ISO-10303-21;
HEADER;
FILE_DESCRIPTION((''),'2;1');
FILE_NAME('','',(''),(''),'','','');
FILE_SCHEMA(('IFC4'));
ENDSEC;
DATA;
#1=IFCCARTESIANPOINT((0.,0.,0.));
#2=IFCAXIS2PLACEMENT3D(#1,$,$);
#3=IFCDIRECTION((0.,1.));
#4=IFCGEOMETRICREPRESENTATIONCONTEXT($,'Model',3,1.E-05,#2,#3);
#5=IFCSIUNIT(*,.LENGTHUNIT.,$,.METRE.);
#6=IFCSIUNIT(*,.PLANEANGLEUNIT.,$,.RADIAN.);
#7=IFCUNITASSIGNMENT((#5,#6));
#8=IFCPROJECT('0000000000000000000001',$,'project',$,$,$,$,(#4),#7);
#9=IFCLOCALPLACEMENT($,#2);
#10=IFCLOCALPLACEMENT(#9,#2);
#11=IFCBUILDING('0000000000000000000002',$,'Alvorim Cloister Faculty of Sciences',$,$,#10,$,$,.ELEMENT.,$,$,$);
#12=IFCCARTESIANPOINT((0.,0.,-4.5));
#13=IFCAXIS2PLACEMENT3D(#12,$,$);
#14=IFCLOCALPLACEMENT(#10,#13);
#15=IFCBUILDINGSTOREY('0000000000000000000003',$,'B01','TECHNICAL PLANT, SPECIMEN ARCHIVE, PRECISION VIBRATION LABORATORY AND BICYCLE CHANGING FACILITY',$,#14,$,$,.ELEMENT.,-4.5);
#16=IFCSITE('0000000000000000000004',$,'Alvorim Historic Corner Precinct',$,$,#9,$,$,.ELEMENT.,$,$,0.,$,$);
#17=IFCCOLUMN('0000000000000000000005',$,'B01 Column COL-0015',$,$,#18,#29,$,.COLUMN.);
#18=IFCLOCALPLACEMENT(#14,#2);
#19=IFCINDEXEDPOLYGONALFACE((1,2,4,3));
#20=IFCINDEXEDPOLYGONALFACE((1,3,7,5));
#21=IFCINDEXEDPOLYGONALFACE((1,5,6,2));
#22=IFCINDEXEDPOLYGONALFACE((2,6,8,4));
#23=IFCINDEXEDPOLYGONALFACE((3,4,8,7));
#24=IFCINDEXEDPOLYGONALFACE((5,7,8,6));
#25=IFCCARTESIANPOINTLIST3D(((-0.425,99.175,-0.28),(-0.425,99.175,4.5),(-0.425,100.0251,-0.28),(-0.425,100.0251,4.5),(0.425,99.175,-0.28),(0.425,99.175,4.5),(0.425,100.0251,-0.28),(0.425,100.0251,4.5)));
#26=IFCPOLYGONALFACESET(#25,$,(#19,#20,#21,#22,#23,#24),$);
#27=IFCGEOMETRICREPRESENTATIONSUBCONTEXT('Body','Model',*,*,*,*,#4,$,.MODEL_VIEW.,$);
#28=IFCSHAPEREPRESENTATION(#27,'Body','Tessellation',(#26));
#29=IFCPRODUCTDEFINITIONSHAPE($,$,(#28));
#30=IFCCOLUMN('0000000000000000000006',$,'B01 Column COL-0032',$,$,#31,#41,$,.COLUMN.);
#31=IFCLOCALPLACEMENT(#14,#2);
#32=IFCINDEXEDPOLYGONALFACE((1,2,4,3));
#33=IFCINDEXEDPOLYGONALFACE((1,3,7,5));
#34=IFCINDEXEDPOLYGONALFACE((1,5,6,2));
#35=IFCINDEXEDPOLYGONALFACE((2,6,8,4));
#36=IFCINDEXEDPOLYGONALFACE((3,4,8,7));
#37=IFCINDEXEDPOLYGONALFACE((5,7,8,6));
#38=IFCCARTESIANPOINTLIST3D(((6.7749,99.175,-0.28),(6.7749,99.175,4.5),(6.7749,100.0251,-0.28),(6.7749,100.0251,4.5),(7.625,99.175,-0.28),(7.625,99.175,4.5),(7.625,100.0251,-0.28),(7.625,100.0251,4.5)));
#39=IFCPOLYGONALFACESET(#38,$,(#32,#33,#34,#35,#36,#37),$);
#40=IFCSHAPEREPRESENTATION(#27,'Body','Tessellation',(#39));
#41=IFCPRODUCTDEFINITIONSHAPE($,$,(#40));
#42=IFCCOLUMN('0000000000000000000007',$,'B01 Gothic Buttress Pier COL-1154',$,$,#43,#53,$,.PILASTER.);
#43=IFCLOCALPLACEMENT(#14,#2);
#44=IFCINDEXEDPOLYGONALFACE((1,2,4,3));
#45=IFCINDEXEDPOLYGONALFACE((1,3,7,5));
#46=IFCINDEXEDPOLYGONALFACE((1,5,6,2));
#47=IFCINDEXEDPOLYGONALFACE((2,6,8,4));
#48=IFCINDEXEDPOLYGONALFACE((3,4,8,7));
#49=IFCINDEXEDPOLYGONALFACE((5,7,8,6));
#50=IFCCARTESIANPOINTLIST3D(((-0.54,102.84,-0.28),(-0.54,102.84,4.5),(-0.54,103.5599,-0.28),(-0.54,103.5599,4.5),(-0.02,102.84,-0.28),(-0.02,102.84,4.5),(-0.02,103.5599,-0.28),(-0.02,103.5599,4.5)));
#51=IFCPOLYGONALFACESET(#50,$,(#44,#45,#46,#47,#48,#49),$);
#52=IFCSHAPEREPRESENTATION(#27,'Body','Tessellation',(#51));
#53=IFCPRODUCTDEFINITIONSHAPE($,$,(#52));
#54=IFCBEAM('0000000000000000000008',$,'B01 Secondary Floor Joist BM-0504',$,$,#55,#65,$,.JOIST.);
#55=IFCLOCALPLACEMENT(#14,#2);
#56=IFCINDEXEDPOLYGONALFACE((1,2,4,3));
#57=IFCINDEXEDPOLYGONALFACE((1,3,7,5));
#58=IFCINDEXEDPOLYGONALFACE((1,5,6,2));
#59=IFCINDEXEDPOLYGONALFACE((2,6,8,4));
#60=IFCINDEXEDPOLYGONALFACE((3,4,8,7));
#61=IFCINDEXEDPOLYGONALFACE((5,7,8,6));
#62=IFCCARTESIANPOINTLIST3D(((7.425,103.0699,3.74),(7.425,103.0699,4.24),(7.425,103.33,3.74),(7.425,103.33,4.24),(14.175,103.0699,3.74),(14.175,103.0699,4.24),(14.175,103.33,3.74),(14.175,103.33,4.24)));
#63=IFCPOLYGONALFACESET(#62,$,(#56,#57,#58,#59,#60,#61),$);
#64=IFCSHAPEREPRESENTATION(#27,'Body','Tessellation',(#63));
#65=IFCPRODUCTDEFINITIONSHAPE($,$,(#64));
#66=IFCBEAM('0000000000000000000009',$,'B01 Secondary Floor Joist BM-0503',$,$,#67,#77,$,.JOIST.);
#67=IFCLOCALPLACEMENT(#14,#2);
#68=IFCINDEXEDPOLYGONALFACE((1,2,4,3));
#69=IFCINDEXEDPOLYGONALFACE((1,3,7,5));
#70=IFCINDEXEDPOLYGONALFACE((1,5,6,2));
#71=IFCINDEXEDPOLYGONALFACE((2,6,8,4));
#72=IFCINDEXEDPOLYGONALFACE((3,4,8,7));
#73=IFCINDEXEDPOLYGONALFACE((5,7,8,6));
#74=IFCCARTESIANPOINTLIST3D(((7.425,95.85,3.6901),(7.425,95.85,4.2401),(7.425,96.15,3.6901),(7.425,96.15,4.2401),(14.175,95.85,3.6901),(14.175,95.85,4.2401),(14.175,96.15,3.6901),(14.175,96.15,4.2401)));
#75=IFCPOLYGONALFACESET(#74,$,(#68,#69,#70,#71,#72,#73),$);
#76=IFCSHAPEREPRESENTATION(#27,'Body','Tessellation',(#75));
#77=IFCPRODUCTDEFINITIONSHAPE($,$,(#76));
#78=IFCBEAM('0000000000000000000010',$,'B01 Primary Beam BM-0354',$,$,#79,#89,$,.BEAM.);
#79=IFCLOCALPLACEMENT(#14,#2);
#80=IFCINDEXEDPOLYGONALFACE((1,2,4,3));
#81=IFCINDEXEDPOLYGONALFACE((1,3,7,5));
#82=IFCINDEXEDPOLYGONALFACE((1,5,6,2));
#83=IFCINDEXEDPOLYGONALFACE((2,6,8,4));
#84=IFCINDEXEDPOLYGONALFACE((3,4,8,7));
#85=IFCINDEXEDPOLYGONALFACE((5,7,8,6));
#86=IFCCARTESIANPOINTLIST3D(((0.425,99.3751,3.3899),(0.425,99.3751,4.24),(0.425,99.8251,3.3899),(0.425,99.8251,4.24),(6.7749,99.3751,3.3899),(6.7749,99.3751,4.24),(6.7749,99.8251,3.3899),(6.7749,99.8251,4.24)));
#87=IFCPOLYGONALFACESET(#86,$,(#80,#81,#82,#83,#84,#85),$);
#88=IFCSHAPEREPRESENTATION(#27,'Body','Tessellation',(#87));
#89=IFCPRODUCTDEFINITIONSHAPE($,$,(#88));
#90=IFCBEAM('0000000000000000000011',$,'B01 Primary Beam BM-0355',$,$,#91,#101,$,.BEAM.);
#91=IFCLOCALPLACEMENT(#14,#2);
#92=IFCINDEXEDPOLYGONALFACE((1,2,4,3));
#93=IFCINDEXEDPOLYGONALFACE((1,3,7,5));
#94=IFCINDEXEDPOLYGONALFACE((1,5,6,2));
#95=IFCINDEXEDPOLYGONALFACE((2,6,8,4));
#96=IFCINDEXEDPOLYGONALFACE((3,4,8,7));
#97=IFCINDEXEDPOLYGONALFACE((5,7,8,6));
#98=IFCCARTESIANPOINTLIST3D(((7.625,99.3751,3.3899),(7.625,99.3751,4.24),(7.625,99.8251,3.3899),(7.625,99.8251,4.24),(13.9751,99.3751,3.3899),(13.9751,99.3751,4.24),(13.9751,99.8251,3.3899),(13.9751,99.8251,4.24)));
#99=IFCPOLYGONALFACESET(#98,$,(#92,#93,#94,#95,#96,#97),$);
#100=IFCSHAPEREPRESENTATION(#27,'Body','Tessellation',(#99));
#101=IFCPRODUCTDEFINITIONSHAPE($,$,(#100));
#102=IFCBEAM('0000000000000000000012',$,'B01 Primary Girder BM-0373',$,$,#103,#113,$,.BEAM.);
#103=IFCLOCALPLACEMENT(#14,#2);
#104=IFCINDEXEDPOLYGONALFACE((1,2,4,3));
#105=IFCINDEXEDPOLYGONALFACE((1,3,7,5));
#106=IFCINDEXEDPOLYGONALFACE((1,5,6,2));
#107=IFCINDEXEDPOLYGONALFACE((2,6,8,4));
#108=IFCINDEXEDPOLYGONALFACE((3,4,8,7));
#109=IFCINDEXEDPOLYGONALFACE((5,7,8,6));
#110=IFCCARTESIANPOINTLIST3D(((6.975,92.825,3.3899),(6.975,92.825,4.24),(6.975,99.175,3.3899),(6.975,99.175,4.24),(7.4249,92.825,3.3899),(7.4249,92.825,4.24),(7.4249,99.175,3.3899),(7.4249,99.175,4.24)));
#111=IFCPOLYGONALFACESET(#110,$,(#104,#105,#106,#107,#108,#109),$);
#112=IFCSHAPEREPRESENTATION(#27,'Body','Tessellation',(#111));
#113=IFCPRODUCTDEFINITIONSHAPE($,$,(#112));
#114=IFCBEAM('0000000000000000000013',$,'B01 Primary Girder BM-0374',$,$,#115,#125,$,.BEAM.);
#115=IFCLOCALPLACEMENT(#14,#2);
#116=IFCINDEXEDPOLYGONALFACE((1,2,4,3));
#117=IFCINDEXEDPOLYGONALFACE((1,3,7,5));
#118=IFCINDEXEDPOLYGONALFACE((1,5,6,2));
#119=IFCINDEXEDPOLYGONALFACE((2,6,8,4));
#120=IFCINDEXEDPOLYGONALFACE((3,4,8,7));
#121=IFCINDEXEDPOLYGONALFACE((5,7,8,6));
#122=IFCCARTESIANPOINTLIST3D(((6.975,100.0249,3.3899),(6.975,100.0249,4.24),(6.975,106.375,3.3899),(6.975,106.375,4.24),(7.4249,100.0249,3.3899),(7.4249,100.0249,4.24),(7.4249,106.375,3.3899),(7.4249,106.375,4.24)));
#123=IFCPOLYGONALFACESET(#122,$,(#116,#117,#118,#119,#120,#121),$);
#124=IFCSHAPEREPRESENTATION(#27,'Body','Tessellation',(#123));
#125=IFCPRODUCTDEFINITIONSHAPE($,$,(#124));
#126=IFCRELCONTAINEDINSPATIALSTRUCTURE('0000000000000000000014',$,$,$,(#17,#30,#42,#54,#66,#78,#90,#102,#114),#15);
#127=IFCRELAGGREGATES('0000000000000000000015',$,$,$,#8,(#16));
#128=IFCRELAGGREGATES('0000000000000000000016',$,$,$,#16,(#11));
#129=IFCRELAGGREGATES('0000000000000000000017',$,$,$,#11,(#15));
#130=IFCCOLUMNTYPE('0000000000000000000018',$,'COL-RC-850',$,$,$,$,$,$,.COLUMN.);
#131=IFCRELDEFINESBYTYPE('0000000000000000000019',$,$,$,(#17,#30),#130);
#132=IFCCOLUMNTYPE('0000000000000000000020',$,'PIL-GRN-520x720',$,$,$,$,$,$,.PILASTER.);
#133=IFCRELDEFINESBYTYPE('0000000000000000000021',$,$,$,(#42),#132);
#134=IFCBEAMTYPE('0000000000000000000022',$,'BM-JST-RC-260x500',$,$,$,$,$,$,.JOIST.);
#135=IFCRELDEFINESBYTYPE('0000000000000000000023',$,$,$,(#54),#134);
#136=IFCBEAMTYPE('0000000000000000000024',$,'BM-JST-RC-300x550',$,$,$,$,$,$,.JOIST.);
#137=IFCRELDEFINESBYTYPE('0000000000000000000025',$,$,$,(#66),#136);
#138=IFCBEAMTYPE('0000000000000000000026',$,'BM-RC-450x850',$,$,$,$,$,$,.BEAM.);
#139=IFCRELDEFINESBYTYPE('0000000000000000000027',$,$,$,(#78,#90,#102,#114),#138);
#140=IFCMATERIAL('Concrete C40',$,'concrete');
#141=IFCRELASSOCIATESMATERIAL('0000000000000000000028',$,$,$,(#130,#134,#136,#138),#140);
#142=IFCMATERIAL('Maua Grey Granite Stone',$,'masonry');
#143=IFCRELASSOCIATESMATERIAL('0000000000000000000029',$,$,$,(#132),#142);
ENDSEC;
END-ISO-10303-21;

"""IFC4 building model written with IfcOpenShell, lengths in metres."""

from ifc_helpers import new_model, si_unit, direction, frame, origin, origin_2d, place, context, subcontext, project, spatial, rectangle, extrude, material, material_profile, profile_set, type_object, element, save


model = new_model("IFC4")

# Units and contexts
model_context = context("Model", 3, precision=1e-05, world=origin(), true_north=direction((0.0, 1.0)))
body_context = subcontext(model_context, "Body", "Model", "MODEL_VIEW")
ifc_project = project(units=[si_unit("LENGTHUNIT", "METRE"), si_unit("PLANEANGLEUNIT", "RADIAN")], contexts=[model_context])

# Site, building, storey
site_placement = place(None, origin())
site = spatial("IfcSite", under=ifc_project, at=site_placement, Name="Alvorim Historic Corner Precinct", CompositionType="ELEMENT", RefElevation=0.0)
building_placement = place(site_placement, origin())
building = spatial("IfcBuilding", under=site, at=building_placement, Name="Alvorim Cloister Faculty of Sciences", CompositionType="ELEMENT")
storey_placement = place(building_placement, frame((0.0, 0.0, -4.5)))
storey = spatial("IfcBuildingStorey", under=building, at=storey_placement, Name="B01", Description="TECHNICAL PLANT, SPECIMEN ARCHIVE, PRECISION VIBRATION LABORATORY AND BICYCLE CHANGING FACILITY", CompositionType="ELEMENT", Elevation=-4.5)

# Shared definitions
ifc_material_1 = material(Name="Concrete C40", Category="concrete")

# Columns
ifc_material_profile_1 = material_profile(ifc_material_1, rectangle(XDim=0.8501, YDim=0.8501, at=origin_2d()), Name="RC40-COL-850x850")
ifc_profile_set_1 = profile_set([ifc_material_profile_1], Name="Concrete C40")
column_type_1 = type_object("IfcColumnType", Name="COL-RC-850", PredefinedType="COLUMN", material=ifc_profile_set_1)
for number, where, z_axis, x_axis, name in (
    (1, (0.0, 99.6001, -0.28), (0.0, 0.0, 1.0), (1.0, 0.0, 0.0), "B01 Column COL-0015"),
    (2, (7.2, 99.6001, -0.28), (0.0, 0.0, 1.0), (1.0, 0.0, 0.0), "B01 Column COL-0032"),
):
    element("IfcColumn", number, at=place(storey_placement, frame(where, z_axis=z_axis, x_axis=x_axis)), inside=storey, type_object=column_type_1, Name=name, PredefinedType="COLUMN", context=body_context, shape_type="SweptSolid", body=[
        extrude(rectangle(XDim=0.8501, YDim=0.8501, at=origin_2d()), origin(), (0.0, 0.0, 1.0), 4.78),
    ])
ifc_material_2 = material(Name="Maua Grey Granite Stone", Category="masonry")
ifc_material_profile_2 = material_profile(ifc_material_2, rectangle(XDim=0.52, YDim=0.72, at=origin_2d()), Name="GRN-PIER-520x720")
ifc_profile_set_2 = profile_set([ifc_material_profile_2], Name="Maua Grey Granite Stone")
column_type_2 = type_object("IfcColumnType", Name="PIL-GRN-520x720", PredefinedType="PILASTER", material=ifc_profile_set_2)
column_placement = place(storey_placement, frame((-0.28, 103.2, -0.28), z_axis=(0.0, 0.0, 1.0), x_axis=(1.0, 0.0, 0.0)))
element("IfcColumn", 3, at=column_placement, inside=storey, type_object=column_type_2, Name="B01 Gothic Buttress Pier COL-1154", PredefinedType="PILASTER", context=body_context, shape_type="SweptSolid", body=[
    extrude(rectangle(XDim=0.52, YDim=0.72, at=origin_2d()), origin(), (0.0, 0.0, 1.0), 4.78),
])

# Beams
ifc_material_profile_3 = material_profile(ifc_material_1, rectangle(XDim=0.26, YDim=0.5, at=origin_2d()), Name="RC40-JST-260x500")
ifc_profile_set_3 = profile_set([ifc_material_profile_3], Name="Concrete C40")
beam_type_1 = type_object("IfcBeamType", Name="BM-JST-RC-260x500", PredefinedType="JOIST", material=ifc_profile_set_3)
beam_1_placement = place(storey_placement, frame((7.425, 103.2, 3.99), z_axis=(1.0, 0.0, 0.0), x_axis=(0.0, 1.0, 0.0)))
element("IfcBeam", 4, at=beam_1_placement, inside=storey, type_object=beam_type_1, Name="B01 Secondary Floor Joist BM-0504", PredefinedType="JOIST", context=body_context, shape_type="SweptSolid", body=[
    extrude(rectangle(XDim=0.26, YDim=0.5, at=origin_2d()), origin(), (0.0, 0.0, 1.0), 6.75),
])
ifc_material_profile_4 = material_profile(ifc_material_1, rectangle(XDim=0.3, YDim=0.55, at=origin_2d()), Name="RC40-JST-300x550")
ifc_profile_set_4 = profile_set([ifc_material_profile_4], Name="Concrete C40")
beam_type_2 = type_object("IfcBeamType", Name="BM-JST-RC-300x550", PredefinedType="JOIST", material=ifc_profile_set_4)
beam_2_placement = place(storey_placement, frame((7.425, 96.0, 3.9651), z_axis=(1.0, 0.0, 0.0), x_axis=(0.0, 1.0, 0.0)))
element("IfcBeam", 5, at=beam_2_placement, inside=storey, type_object=beam_type_2, Name="B01 Secondary Floor Joist BM-0503", PredefinedType="JOIST", context=body_context, shape_type="SweptSolid", body=[
    extrude(rectangle(XDim=0.3, YDim=0.55, at=origin_2d()), origin(), (0.0, 0.0, 1.0), 6.75),
])
ifc_material_profile_5 = material_profile(ifc_material_1, rectangle(XDim=0.45, YDim=0.8501, at=origin_2d()), Name="RC40-BM-450x850")
ifc_profile_set_5 = profile_set([ifc_material_profile_5], Name="Concrete C40")
beam_type_3 = type_object("IfcBeamType", Name="BM-RC-450x850", PredefinedType="BEAM", material=ifc_profile_set_5)
beam_3_placement = place(storey_placement, frame((0.425, 99.6001, 3.8149), z_axis=(1.0, 0.0, 0.0), x_axis=(0.0, 1.0, 0.0)))
element("IfcBeam", 6, at=beam_3_placement, inside=storey, type_object=beam_type_3, Name="B01 Primary Beam BM-0354", PredefinedType="BEAM", context=body_context, shape_type="SweptSolid", body=[
    extrude(rectangle(XDim=0.45, YDim=0.8501, at=origin_2d()), origin(), (0.0, 0.0, 1.0), 6.3499),
])
for number, where, z_axis, x_axis, name in (
    (7, (7.625, 99.6001, 3.8149), (1.0, 0.0, 0.0), (0.0, 1.0, 0.0), "B01 Primary Beam BM-0355"),
    (8, (7.2, 92.825, 3.8149), (0.0, 1.0, 0.0), (-1.0, 0.0, 0.0), "B01 Primary Girder BM-0373"),
    (9, (7.2, 100.0249, 3.8149), (0.0, 1.0, 0.0), (-1.0, 0.0, 0.0), "B01 Primary Girder BM-0374"),
):
    element("IfcBeam", number, at=place(storey_placement, frame(where, z_axis=z_axis, x_axis=x_axis)), inside=storey, type_object=beam_type_3, Name=name, PredefinedType="BEAM", context=body_context, shape_type="SweptSolid", body=[
        extrude(rectangle(XDim=0.45, YDim=0.8501, at=origin_2d()), origin(), (0.0, 0.0, 1.0), 6.3501),
    ])

save(model, "model.ifc")
